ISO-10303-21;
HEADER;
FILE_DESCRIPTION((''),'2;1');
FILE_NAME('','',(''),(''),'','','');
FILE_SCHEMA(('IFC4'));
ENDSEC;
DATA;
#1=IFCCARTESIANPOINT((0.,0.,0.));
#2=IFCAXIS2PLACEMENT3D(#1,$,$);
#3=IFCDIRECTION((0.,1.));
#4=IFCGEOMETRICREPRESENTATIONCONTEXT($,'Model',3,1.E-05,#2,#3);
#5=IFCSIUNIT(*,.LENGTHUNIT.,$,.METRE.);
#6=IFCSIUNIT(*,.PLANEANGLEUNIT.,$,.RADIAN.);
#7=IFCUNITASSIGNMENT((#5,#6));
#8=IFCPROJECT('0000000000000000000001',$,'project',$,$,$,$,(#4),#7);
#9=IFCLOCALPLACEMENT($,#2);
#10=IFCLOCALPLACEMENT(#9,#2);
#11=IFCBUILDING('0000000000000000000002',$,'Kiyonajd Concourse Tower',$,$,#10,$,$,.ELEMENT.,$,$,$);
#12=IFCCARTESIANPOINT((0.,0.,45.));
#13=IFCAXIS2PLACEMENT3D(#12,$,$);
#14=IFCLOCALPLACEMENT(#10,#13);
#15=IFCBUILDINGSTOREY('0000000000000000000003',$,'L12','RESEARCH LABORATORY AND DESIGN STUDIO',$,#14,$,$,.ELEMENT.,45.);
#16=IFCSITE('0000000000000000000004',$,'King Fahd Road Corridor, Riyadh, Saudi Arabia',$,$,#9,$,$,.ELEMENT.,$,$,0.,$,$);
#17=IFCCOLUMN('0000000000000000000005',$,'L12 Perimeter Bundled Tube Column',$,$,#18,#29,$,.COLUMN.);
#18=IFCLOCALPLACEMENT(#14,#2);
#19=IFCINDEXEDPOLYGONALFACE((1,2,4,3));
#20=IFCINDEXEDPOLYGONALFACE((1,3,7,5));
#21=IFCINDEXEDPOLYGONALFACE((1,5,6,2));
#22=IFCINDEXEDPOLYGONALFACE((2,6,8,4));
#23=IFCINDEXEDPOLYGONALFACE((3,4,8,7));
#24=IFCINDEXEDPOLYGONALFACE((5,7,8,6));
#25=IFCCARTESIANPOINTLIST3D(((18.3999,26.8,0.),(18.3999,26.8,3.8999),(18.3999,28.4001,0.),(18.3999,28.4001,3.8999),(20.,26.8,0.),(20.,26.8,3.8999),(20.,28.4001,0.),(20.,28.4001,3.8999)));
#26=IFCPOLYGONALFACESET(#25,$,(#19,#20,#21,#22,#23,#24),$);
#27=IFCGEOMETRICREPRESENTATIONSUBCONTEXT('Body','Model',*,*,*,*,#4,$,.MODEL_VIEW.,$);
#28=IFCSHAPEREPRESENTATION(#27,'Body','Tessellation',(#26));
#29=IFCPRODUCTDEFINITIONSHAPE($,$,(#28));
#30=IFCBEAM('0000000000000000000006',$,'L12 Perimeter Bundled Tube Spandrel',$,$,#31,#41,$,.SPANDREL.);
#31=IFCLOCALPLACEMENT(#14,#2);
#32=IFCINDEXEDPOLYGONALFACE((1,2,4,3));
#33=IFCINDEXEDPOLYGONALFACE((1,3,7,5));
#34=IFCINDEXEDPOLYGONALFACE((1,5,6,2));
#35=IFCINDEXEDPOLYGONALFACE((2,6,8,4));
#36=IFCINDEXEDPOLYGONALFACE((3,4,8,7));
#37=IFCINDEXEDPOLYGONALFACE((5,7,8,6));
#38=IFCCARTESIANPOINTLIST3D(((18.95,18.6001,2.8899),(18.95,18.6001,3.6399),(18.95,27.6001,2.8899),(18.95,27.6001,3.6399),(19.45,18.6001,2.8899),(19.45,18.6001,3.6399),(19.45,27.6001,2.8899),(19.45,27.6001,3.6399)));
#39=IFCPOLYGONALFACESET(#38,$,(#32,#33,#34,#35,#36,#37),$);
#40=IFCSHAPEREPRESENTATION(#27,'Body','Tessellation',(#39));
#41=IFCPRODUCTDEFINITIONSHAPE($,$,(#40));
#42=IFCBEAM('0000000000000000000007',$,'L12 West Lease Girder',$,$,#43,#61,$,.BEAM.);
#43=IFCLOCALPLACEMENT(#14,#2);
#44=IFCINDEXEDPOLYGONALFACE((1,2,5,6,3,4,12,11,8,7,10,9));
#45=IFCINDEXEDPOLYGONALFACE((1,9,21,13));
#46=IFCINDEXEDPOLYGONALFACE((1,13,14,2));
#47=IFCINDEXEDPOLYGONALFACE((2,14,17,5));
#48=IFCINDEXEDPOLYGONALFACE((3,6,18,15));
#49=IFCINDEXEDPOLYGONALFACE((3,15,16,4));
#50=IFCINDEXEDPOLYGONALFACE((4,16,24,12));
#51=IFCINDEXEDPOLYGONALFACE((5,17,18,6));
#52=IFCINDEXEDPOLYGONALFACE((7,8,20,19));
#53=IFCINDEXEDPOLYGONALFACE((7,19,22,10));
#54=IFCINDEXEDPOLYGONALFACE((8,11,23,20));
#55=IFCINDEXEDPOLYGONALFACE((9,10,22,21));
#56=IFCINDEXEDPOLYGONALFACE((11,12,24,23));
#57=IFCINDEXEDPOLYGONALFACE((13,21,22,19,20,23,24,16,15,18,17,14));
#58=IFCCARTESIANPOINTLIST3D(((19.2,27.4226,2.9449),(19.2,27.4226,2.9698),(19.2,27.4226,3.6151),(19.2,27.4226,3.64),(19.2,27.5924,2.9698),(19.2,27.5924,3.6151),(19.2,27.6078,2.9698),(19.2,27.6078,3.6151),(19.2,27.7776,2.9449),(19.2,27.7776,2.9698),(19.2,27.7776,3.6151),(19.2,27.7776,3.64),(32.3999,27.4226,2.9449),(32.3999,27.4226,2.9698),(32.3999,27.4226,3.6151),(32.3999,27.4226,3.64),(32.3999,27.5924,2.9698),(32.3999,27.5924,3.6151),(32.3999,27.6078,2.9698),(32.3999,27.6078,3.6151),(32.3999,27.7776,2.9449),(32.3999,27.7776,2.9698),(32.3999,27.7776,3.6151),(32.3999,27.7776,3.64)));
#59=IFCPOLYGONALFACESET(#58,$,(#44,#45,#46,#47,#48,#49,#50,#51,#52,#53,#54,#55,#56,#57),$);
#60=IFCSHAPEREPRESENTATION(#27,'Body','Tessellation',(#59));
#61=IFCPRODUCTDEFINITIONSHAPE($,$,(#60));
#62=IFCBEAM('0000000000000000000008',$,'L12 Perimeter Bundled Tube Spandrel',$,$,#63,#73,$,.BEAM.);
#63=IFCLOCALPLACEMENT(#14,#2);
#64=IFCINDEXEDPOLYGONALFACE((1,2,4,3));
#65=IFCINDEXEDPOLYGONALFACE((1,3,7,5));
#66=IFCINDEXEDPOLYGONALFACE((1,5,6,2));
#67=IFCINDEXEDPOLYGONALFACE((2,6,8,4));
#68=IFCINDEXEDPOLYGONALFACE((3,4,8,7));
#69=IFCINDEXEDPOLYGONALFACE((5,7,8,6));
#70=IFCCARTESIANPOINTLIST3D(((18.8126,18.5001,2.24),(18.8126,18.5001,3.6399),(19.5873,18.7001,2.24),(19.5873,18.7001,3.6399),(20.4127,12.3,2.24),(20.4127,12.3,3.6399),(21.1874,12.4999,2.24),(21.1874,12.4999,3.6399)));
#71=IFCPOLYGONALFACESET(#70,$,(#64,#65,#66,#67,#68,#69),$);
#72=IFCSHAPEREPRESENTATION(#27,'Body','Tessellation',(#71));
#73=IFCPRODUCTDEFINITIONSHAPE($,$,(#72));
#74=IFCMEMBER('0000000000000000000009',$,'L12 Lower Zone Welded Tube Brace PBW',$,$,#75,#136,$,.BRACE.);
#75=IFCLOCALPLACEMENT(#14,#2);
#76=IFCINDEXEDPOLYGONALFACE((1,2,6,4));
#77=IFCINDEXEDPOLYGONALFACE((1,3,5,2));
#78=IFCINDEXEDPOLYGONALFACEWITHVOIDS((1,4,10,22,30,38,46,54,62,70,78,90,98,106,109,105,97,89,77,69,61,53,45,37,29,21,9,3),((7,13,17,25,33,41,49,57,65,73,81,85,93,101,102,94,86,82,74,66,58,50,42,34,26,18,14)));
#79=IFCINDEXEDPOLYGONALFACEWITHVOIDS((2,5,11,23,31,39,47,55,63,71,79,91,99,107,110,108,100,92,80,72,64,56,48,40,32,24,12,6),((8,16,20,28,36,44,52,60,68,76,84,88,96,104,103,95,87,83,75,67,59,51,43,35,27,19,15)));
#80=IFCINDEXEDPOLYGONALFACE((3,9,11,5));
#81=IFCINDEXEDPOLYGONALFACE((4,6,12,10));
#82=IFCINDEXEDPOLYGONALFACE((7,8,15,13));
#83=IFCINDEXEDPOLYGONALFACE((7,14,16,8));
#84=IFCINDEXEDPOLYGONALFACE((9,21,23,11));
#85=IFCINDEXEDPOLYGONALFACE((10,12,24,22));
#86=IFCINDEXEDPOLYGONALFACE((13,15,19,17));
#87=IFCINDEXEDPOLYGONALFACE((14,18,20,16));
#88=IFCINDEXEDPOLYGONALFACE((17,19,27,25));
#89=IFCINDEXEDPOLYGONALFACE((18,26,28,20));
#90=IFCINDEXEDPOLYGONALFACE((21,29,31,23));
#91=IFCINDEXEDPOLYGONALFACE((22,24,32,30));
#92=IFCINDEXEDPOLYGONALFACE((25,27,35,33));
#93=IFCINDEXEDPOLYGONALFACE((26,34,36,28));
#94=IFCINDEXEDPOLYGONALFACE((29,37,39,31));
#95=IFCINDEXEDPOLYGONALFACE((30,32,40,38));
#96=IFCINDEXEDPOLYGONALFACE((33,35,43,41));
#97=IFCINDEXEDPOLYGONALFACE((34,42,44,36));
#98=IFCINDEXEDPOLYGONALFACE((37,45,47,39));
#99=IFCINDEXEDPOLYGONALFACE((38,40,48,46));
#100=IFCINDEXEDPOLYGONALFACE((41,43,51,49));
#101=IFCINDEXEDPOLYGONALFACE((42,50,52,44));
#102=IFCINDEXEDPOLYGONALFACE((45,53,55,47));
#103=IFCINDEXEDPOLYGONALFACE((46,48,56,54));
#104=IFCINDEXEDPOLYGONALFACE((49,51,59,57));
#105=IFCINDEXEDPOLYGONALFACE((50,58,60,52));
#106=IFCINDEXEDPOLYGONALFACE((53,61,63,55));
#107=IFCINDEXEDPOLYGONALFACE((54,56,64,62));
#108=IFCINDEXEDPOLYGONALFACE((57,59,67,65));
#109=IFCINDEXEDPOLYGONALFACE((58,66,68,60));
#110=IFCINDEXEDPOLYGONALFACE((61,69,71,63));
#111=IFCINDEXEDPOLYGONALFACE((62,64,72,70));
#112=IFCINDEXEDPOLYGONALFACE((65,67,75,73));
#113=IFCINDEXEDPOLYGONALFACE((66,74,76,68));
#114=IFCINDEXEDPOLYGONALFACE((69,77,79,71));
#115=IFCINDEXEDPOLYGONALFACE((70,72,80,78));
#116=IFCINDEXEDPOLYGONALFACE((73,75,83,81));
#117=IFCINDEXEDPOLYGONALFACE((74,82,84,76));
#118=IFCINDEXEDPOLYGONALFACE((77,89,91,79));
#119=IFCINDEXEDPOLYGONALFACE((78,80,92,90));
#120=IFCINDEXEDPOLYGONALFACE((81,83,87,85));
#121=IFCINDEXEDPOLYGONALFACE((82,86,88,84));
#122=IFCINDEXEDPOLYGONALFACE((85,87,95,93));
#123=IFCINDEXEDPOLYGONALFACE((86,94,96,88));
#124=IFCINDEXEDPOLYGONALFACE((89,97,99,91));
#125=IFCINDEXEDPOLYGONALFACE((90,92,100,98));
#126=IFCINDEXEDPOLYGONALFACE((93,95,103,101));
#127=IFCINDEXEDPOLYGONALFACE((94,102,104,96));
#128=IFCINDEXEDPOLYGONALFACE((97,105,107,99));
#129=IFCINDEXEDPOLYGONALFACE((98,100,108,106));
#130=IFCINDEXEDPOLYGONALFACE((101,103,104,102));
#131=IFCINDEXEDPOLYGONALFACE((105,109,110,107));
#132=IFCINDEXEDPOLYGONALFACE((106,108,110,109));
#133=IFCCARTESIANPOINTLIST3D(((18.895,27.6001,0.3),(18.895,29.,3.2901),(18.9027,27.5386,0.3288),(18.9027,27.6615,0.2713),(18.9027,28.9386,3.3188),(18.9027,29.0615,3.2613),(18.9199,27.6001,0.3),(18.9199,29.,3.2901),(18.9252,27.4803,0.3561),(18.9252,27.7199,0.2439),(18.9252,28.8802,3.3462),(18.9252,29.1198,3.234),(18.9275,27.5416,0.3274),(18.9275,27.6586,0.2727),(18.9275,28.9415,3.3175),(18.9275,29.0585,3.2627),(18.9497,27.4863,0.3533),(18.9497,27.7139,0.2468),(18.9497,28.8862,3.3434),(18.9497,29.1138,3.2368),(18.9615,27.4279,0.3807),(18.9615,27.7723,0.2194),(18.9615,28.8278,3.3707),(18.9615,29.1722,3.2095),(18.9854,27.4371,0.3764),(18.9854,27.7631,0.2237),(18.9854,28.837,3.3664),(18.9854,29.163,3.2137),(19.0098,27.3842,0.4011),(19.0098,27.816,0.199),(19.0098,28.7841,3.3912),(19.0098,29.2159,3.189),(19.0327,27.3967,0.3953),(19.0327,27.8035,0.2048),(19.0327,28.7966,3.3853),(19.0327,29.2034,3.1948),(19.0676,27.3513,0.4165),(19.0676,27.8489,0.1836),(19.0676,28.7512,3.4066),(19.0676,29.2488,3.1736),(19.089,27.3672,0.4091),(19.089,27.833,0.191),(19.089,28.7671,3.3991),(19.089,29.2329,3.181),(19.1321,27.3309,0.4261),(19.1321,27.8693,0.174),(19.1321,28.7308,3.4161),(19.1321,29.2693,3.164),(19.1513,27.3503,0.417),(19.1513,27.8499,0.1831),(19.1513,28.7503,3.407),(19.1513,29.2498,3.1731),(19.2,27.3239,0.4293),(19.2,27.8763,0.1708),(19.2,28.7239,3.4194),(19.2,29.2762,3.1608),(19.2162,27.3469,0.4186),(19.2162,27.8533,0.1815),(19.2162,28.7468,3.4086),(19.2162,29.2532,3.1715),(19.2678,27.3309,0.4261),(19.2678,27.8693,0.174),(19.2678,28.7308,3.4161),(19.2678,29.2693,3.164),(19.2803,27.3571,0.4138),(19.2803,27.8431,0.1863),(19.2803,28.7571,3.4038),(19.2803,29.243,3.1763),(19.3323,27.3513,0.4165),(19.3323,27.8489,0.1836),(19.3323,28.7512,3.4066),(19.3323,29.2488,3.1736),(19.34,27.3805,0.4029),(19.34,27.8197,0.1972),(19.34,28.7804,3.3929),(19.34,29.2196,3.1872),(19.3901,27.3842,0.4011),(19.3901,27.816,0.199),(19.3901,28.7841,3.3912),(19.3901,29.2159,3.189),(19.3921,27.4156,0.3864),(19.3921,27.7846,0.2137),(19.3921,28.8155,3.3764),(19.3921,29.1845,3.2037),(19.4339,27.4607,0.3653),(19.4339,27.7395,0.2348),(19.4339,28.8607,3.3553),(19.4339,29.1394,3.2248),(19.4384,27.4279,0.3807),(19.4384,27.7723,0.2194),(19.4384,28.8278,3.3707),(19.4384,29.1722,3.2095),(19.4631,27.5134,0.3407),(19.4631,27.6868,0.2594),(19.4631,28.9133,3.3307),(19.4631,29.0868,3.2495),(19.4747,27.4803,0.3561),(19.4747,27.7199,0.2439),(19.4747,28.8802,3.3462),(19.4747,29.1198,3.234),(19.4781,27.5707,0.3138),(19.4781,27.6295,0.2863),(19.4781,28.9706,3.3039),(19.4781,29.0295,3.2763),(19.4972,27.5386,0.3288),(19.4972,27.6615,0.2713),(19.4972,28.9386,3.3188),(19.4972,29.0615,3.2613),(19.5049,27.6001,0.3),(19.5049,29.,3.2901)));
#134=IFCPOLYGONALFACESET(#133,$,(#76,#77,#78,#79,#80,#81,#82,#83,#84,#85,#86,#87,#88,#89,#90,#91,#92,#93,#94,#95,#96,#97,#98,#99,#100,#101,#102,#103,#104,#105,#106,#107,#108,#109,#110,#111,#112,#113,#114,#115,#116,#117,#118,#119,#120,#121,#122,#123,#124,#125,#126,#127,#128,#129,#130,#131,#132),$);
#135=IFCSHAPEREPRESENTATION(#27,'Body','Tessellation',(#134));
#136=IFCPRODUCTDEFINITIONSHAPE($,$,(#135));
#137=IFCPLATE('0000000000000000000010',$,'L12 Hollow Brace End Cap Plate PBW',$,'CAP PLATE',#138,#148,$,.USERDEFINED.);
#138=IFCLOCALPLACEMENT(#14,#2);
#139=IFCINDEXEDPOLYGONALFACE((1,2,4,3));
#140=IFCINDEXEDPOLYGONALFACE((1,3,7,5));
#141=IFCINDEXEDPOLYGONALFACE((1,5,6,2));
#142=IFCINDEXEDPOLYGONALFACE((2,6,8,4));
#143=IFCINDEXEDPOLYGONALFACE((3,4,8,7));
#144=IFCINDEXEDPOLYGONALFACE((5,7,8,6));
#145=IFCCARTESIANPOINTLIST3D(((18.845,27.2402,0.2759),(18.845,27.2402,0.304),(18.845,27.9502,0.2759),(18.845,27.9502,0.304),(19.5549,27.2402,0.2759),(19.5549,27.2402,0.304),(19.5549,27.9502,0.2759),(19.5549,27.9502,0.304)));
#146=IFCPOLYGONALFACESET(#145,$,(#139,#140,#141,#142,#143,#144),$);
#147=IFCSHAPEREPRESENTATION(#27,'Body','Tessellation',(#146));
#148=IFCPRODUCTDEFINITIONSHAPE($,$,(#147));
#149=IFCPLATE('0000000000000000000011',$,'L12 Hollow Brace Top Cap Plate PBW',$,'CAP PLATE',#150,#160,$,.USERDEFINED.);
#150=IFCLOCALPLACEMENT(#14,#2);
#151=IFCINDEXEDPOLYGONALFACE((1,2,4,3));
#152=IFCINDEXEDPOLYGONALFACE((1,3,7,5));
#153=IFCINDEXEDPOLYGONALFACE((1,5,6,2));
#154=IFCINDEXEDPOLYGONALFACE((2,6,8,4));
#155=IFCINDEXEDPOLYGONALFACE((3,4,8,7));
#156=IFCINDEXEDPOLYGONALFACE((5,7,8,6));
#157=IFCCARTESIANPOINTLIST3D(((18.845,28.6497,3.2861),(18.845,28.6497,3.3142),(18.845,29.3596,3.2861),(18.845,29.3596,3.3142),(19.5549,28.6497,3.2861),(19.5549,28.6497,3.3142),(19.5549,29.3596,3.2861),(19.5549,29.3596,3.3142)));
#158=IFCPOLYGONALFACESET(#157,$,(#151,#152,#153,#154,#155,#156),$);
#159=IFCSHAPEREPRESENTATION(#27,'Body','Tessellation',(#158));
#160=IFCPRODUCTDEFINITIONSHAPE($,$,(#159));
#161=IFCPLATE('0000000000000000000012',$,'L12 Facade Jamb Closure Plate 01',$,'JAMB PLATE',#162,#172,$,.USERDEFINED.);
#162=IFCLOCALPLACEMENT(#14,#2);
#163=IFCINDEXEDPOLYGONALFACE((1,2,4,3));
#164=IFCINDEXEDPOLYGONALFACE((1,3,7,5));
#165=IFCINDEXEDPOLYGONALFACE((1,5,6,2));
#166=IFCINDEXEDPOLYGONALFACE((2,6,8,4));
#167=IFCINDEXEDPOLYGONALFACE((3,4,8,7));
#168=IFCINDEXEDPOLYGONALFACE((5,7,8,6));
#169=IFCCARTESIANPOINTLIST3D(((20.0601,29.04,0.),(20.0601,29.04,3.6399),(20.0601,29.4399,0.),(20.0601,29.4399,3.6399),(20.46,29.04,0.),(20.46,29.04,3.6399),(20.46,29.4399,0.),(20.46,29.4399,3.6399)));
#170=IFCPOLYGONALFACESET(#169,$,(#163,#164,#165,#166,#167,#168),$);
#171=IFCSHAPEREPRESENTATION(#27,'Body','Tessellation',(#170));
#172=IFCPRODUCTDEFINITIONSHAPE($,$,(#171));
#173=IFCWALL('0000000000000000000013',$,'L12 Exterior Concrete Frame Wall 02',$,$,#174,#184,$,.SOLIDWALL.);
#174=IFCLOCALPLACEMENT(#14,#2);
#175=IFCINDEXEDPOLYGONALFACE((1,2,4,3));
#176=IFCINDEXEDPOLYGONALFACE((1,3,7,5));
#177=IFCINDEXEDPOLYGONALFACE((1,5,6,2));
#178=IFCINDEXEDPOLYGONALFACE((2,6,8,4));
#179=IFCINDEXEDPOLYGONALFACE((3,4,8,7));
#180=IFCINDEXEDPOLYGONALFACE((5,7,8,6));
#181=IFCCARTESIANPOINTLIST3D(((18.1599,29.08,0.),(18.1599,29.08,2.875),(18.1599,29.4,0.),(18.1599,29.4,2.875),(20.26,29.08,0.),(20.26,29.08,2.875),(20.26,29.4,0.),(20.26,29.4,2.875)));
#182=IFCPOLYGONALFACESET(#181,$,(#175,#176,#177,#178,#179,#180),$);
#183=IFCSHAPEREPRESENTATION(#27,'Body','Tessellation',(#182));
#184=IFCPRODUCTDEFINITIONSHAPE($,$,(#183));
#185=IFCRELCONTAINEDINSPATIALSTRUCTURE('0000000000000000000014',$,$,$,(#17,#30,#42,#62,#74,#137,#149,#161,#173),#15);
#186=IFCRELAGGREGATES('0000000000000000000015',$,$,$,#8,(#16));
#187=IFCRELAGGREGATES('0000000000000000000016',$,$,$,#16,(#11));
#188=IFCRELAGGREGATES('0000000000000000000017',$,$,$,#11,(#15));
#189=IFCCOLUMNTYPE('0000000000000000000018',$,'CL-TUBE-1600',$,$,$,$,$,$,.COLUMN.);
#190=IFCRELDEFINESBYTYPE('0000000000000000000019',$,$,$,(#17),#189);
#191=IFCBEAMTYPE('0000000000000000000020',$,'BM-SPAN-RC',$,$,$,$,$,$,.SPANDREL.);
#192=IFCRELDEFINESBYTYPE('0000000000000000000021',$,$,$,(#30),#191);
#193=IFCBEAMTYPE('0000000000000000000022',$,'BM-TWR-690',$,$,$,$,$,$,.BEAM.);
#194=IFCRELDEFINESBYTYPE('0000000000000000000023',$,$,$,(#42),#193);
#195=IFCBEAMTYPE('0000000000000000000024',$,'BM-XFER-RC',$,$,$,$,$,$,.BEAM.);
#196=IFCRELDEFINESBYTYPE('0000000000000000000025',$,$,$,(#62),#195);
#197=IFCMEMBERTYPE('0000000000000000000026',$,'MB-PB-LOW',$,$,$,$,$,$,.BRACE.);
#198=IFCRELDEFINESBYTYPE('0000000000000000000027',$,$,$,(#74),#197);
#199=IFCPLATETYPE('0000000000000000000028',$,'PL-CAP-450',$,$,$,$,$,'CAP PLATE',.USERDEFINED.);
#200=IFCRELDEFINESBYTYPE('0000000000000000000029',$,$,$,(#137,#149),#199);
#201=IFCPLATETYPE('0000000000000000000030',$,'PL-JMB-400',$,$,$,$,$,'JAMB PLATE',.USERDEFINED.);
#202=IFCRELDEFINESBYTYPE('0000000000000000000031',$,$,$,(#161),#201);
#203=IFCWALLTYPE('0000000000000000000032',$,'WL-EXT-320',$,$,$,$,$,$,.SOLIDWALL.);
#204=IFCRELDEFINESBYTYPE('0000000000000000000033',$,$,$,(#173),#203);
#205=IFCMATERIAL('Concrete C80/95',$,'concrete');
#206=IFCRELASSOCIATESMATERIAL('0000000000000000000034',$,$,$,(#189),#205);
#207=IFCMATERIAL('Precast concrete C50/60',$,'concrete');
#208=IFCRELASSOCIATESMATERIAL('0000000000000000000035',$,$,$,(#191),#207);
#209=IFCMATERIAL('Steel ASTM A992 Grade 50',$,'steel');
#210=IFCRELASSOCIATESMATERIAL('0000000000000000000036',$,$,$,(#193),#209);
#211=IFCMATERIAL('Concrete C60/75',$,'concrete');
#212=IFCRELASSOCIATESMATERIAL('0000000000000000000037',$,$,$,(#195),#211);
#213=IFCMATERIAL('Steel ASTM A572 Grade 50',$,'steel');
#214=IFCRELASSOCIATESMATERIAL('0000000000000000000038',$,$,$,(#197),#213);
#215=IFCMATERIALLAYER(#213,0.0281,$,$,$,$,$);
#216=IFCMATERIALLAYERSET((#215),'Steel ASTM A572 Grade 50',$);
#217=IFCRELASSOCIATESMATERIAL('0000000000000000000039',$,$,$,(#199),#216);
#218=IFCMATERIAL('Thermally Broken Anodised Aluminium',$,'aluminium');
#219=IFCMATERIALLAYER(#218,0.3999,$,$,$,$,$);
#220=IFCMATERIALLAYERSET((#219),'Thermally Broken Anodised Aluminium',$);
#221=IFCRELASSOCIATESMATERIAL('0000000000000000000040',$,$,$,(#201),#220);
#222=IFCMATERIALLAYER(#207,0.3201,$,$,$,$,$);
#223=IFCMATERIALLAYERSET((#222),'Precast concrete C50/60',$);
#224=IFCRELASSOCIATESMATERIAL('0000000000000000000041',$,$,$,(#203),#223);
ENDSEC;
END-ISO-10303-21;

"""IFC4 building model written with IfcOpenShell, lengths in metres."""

from ifc_helpers import new_model, si_unit, direction, frame, frame_2d, origin, origin_2d, place, context, subcontext, project, spatial, rectangle, hollow_circle, i_section, extrude, material, layer, layer_set, material_profile, profile_set, type_object, element, save


model = new_model("IFC4")

# Units and contexts
model_context = context("Model", 3, precision=1e-05, world=origin(), true_north=direction((0.0, 1.0)))
body_context = subcontext(model_context, "Body", "Model", "MODEL_VIEW")
ifc_project = project(units=[si_unit("LENGTHUNIT", "METRE"), si_unit("PLANEANGLEUNIT", "RADIAN")], contexts=[model_context])

# Site, building, storey
site_placement = place(None, origin())
site = spatial("IfcSite", under=ifc_project, at=site_placement, Name="King Fahd Road Corridor, Riyadh, Saudi Arabia", CompositionType="ELEMENT", RefElevation=0.0)
building_placement = place(site_placement, origin())
building = spatial("IfcBuilding", under=site, at=building_placement, Name="Kiyonajd Concourse Tower", CompositionType="ELEMENT")
storey_placement = place(building_placement, frame((0.0, 0.0, 45.0)))
storey = spatial("IfcBuildingStorey", under=building, at=storey_placement, Name="L12", Description="RESEARCH LABORATORY AND DESIGN STUDIO", CompositionType="ELEMENT", Elevation=45.0)

# Column
ifc_material_1 = material(Name="Concrete C80/95", Category="concrete")
ifc_material_profile_1 = material_profile(ifc_material_1, rectangle(XDim=1.6001, YDim=1.6001, at=origin_2d()), Name="RC-1600x1600")
ifc_profile_set_1 = profile_set([ifc_material_profile_1], Name="Concrete C80/95")
column_type = type_object("IfcColumnType", Name="CL-TUBE-1600", PredefinedType="COLUMN", material=ifc_profile_set_1)
column_placement = place(storey_placement, frame((19.2, 27.6001, 0.0), z_axis=(0.0, 0.0, 1.0), x_axis=(1.0, 0.0, 0.0)))
element("IfcColumn", 1, at=column_placement, inside=storey, type_object=column_type, Name="L12 Perimeter Bundled Tube Column", PredefinedType="COLUMN", context=body_context, shape_type="SweptSolid", body=[
    extrude(rectangle(XDim=1.6001, YDim=1.6001, at=origin_2d()), origin(), (0.0, 0.0, 1.0), 3.8999),
])

# Beams
ifc_material_2 = material(Name="Precast concrete C50/60", Category="concrete")
ifc_material_profile_2 = material_profile(ifc_material_2, rectangle(XDim=0.5, YDim=0.75, at=origin_2d()), Name="RCBM-500x750")
ifc_profile_set_2 = profile_set([ifc_material_profile_2], Name="Precast concrete C50/60")
beam_type_1 = type_object("IfcBeamType", Name="BM-SPAN-RC", PredefinedType="SPANDREL", material=ifc_profile_set_2)
beam_1_placement = place(storey_placement, frame((19.2, 27.6001, 3.2649), z_axis=(0.0, -1.0, 0.0), x_axis=(1.0, 0.0, 0.0)))
element("IfcBeam", 2, at=beam_1_placement, inside=storey, type_object=beam_type_1, Name="L12 Perimeter Bundled Tube Spandrel", PredefinedType="SPANDREL", context=body_context, shape_type="SweptSolid", body=[
    extrude(rectangle(XDim=0.5, YDim=0.75, at=origin_2d()), origin(), (0.0, 0.0, 1.0), 9.0),
])
ifc_material_3 = material(Name="Steel ASTM A992 Grade 50", Category="steel")
ifc_material_profile_3 = material_profile(ifc_material_3, i_section(OverallWidth=0.355, OverallDepth=0.6951, WebThickness=0.0154, FlangeThickness=0.0249, at=origin_2d()), Name="W690X217")
ifc_profile_set_3 = profile_set([ifc_material_profile_3], Name="Steel ASTM A992 Grade 50")
beam_type_2 = type_object("IfcBeamType", Name="BM-TWR-690", PredefinedType="BEAM", material=ifc_profile_set_3)
beam_2_placement = place(storey_placement, frame((19.2, 27.6001, 3.2925), z_axis=(1.0, 0.0, 0.0), x_axis=(0.0, 1.0, 0.0)))
element("IfcBeam", 3, at=beam_2_placement, inside=storey, type_object=beam_type_2, Name="L12 West Lease Girder", PredefinedType="BEAM", context=body_context, shape_type="SweptSolid", body=[
    extrude(i_section(OverallWidth=0.355, OverallDepth=0.6951, WebThickness=0.0154, FlangeThickness=0.0249, at=origin_2d()), origin(), (0.0, 0.0, 1.0), 13.2),
])
ifc_material_4 = material(Name="Concrete C60/75", Category="concrete")
ifc_material_profile_4 = material_profile(ifc_material_4, rectangle(XDim=0.8, YDim=1.3999, at=origin_2d()), Name="RCBM-800x1400")
ifc_profile_set_4 = profile_set([ifc_material_profile_4], Name="Concrete C60/75")
beam_type_3 = type_object("IfcBeamType", Name="BM-XFER-RC", PredefinedType="BEAM", material=ifc_profile_set_4)
beam_3_placement = place(storey_placement, frame((19.2, 18.6001, 2.9399), z_axis=(0.249885, -0.968276, 0.0), x_axis=(0.968276, 0.249885, 0.0)))
element("IfcBeam", 4, at=beam_3_placement, inside=storey, type_object=beam_type_3, Name="L12 Perimeter Bundled Tube Spandrel", PredefinedType="BEAM", context=body_context, shape_type="SweptSolid", body=[
    extrude(rectangle(XDim=0.8, YDim=1.3999, at=origin_2d()), origin(), (0.0, 0.0, 1.0), 6.4033),
])

# Member
ifc_material_5 = material(Name="Steel ASTM A572 Grade 50", Category="steel")
ifc_material_profile_5 = material_profile(ifc_material_5, hollow_circle(Radius=0.3049, WallThickness=0.0249, at=origin_2d()), Name="CHS-610x25")
ifc_profile_set_5 = profile_set([ifc_material_profile_5], Name="Steel ASTM A572 Grade 50")
member_type = type_object("IfcMemberType", Name="MB-PB-LOW", PredefinedType="BRACE", material=ifc_profile_set_5)
member_placement = place(storey_placement, frame((19.2, 27.6001, 0.3), z_axis=(0.0, 0.424023, 0.905652), x_axis=(-1.0, 0.0, 0.0)))
element("IfcMember", 5, at=member_placement, inside=storey, type_object=member_type, Name="L12 Lower Zone Welded Tube Brace PBW", PredefinedType="BRACE", context=body_context, shape_type="SweptSolid", body=[
    extrude(hollow_circle(Radius=0.3049, WallThickness=0.0249, at=origin_2d()), origin(), (0.0, 0.0, 1.0), 3.3015),
])

# Plates
ifc_layer_1 = layer(ifc_material_5, 0.0281)
ifc_layer_set_1 = layer_set([ifc_layer_1], Name="Steel ASTM A572 Grade 50")
plate_type_1 = type_object("IfcPlateType", Name="PL-CAP-450", ElementType="CAP PLATE", PredefinedType="USERDEFINED", material=ifc_layer_set_1)
for number, where, z_axis, x_axis, name in (
    (6, (19.2, 27.5952, 0.2759), (0.0, 0.0, 1.0), (1.0, 0.0, 0.0), "L12 Hollow Brace End Cap Plate PBW"),
    (7, (19.2, 29.0046, 3.2861), (0.0, 0.0, 1.0), (1.0, 0.0, 0.0), "L12 Hollow Brace Top Cap Plate PBW"),
):
    element("IfcPlate", number, at=place(storey_placement, frame(where, z_axis=z_axis, x_axis=x_axis)), inside=storey, type_object=plate_type_1, Name=name, ObjectType="CAP PLATE", PredefinedType="USERDEFINED", context=body_context, shape_type="SweptSolid", body=[
        extrude(rectangle(XDim=0.71, YDim=0.71, at=origin_2d()), origin(), (0.0, 0.0, 1.0), 0.0281),
    ])
ifc_material_6 = material(Name="Thermally Broken Anodised Aluminium", Category="aluminium")
ifc_layer_2 = layer(ifc_material_6, 0.3999)
ifc_layer_set_2 = layer_set([ifc_layer_2], Name="Thermally Broken Anodised Aluminium")
plate_type_2 = type_object("IfcPlateType", Name="PL-JMB-400", ElementType="JAMB PLATE", PredefinedType="USERDEFINED", material=ifc_layer_set_2)
plate_placement = place(storey_placement, frame((20.26, 29.24, 0.0), z_axis=(0.0, 0.0, 1.0), x_axis=(1.0, 0.0, 0.0)))
element("IfcPlate", 8, at=plate_placement, inside=storey, type_object=plate_type_2, Name="L12 Facade Jamb Closure Plate 01", ObjectType="JAMB PLATE", PredefinedType="USERDEFINED", context=body_context, shape_type="SweptSolid", body=[
    extrude(rectangle(XDim=0.3999, YDim=0.3999, at=origin_2d()), origin(), (0.0, 0.0, 1.0), 3.6399),
])

# Wall
ifc_layer_3 = layer(ifc_material_2, 0.3201)
ifc_layer_set_3 = layer_set([ifc_layer_3], Name="Precast concrete C50/60")
wall_type_1 = type_object("IfcWallType", Name="WL-EXT-320", PredefinedType="SOLIDWALL", material=ifc_layer_set_3)
wall_1_placement = place(storey_placement, frame((18.1599, 29.24, 0.0), z_axis=(0.0, 0.0, 1.0), x_axis=(1.0, 0.0, 0.0)))
element("IfcWall", 9, at=wall_1_placement, inside=storey, type_object=wall_type_1, Name="L12 Exterior Concrete Frame Wall 02", PredefinedType="SOLIDWALL", context=body_context, shape_type="SweptSolid", body=[
    extrude(rectangle(XDim=2.1001, YDim=0.3201, at=frame_2d((1.05, 0.0))), origin(), (0.0, 0.0, 1.0), 2.875),
])

save(model, "model.ifc")
